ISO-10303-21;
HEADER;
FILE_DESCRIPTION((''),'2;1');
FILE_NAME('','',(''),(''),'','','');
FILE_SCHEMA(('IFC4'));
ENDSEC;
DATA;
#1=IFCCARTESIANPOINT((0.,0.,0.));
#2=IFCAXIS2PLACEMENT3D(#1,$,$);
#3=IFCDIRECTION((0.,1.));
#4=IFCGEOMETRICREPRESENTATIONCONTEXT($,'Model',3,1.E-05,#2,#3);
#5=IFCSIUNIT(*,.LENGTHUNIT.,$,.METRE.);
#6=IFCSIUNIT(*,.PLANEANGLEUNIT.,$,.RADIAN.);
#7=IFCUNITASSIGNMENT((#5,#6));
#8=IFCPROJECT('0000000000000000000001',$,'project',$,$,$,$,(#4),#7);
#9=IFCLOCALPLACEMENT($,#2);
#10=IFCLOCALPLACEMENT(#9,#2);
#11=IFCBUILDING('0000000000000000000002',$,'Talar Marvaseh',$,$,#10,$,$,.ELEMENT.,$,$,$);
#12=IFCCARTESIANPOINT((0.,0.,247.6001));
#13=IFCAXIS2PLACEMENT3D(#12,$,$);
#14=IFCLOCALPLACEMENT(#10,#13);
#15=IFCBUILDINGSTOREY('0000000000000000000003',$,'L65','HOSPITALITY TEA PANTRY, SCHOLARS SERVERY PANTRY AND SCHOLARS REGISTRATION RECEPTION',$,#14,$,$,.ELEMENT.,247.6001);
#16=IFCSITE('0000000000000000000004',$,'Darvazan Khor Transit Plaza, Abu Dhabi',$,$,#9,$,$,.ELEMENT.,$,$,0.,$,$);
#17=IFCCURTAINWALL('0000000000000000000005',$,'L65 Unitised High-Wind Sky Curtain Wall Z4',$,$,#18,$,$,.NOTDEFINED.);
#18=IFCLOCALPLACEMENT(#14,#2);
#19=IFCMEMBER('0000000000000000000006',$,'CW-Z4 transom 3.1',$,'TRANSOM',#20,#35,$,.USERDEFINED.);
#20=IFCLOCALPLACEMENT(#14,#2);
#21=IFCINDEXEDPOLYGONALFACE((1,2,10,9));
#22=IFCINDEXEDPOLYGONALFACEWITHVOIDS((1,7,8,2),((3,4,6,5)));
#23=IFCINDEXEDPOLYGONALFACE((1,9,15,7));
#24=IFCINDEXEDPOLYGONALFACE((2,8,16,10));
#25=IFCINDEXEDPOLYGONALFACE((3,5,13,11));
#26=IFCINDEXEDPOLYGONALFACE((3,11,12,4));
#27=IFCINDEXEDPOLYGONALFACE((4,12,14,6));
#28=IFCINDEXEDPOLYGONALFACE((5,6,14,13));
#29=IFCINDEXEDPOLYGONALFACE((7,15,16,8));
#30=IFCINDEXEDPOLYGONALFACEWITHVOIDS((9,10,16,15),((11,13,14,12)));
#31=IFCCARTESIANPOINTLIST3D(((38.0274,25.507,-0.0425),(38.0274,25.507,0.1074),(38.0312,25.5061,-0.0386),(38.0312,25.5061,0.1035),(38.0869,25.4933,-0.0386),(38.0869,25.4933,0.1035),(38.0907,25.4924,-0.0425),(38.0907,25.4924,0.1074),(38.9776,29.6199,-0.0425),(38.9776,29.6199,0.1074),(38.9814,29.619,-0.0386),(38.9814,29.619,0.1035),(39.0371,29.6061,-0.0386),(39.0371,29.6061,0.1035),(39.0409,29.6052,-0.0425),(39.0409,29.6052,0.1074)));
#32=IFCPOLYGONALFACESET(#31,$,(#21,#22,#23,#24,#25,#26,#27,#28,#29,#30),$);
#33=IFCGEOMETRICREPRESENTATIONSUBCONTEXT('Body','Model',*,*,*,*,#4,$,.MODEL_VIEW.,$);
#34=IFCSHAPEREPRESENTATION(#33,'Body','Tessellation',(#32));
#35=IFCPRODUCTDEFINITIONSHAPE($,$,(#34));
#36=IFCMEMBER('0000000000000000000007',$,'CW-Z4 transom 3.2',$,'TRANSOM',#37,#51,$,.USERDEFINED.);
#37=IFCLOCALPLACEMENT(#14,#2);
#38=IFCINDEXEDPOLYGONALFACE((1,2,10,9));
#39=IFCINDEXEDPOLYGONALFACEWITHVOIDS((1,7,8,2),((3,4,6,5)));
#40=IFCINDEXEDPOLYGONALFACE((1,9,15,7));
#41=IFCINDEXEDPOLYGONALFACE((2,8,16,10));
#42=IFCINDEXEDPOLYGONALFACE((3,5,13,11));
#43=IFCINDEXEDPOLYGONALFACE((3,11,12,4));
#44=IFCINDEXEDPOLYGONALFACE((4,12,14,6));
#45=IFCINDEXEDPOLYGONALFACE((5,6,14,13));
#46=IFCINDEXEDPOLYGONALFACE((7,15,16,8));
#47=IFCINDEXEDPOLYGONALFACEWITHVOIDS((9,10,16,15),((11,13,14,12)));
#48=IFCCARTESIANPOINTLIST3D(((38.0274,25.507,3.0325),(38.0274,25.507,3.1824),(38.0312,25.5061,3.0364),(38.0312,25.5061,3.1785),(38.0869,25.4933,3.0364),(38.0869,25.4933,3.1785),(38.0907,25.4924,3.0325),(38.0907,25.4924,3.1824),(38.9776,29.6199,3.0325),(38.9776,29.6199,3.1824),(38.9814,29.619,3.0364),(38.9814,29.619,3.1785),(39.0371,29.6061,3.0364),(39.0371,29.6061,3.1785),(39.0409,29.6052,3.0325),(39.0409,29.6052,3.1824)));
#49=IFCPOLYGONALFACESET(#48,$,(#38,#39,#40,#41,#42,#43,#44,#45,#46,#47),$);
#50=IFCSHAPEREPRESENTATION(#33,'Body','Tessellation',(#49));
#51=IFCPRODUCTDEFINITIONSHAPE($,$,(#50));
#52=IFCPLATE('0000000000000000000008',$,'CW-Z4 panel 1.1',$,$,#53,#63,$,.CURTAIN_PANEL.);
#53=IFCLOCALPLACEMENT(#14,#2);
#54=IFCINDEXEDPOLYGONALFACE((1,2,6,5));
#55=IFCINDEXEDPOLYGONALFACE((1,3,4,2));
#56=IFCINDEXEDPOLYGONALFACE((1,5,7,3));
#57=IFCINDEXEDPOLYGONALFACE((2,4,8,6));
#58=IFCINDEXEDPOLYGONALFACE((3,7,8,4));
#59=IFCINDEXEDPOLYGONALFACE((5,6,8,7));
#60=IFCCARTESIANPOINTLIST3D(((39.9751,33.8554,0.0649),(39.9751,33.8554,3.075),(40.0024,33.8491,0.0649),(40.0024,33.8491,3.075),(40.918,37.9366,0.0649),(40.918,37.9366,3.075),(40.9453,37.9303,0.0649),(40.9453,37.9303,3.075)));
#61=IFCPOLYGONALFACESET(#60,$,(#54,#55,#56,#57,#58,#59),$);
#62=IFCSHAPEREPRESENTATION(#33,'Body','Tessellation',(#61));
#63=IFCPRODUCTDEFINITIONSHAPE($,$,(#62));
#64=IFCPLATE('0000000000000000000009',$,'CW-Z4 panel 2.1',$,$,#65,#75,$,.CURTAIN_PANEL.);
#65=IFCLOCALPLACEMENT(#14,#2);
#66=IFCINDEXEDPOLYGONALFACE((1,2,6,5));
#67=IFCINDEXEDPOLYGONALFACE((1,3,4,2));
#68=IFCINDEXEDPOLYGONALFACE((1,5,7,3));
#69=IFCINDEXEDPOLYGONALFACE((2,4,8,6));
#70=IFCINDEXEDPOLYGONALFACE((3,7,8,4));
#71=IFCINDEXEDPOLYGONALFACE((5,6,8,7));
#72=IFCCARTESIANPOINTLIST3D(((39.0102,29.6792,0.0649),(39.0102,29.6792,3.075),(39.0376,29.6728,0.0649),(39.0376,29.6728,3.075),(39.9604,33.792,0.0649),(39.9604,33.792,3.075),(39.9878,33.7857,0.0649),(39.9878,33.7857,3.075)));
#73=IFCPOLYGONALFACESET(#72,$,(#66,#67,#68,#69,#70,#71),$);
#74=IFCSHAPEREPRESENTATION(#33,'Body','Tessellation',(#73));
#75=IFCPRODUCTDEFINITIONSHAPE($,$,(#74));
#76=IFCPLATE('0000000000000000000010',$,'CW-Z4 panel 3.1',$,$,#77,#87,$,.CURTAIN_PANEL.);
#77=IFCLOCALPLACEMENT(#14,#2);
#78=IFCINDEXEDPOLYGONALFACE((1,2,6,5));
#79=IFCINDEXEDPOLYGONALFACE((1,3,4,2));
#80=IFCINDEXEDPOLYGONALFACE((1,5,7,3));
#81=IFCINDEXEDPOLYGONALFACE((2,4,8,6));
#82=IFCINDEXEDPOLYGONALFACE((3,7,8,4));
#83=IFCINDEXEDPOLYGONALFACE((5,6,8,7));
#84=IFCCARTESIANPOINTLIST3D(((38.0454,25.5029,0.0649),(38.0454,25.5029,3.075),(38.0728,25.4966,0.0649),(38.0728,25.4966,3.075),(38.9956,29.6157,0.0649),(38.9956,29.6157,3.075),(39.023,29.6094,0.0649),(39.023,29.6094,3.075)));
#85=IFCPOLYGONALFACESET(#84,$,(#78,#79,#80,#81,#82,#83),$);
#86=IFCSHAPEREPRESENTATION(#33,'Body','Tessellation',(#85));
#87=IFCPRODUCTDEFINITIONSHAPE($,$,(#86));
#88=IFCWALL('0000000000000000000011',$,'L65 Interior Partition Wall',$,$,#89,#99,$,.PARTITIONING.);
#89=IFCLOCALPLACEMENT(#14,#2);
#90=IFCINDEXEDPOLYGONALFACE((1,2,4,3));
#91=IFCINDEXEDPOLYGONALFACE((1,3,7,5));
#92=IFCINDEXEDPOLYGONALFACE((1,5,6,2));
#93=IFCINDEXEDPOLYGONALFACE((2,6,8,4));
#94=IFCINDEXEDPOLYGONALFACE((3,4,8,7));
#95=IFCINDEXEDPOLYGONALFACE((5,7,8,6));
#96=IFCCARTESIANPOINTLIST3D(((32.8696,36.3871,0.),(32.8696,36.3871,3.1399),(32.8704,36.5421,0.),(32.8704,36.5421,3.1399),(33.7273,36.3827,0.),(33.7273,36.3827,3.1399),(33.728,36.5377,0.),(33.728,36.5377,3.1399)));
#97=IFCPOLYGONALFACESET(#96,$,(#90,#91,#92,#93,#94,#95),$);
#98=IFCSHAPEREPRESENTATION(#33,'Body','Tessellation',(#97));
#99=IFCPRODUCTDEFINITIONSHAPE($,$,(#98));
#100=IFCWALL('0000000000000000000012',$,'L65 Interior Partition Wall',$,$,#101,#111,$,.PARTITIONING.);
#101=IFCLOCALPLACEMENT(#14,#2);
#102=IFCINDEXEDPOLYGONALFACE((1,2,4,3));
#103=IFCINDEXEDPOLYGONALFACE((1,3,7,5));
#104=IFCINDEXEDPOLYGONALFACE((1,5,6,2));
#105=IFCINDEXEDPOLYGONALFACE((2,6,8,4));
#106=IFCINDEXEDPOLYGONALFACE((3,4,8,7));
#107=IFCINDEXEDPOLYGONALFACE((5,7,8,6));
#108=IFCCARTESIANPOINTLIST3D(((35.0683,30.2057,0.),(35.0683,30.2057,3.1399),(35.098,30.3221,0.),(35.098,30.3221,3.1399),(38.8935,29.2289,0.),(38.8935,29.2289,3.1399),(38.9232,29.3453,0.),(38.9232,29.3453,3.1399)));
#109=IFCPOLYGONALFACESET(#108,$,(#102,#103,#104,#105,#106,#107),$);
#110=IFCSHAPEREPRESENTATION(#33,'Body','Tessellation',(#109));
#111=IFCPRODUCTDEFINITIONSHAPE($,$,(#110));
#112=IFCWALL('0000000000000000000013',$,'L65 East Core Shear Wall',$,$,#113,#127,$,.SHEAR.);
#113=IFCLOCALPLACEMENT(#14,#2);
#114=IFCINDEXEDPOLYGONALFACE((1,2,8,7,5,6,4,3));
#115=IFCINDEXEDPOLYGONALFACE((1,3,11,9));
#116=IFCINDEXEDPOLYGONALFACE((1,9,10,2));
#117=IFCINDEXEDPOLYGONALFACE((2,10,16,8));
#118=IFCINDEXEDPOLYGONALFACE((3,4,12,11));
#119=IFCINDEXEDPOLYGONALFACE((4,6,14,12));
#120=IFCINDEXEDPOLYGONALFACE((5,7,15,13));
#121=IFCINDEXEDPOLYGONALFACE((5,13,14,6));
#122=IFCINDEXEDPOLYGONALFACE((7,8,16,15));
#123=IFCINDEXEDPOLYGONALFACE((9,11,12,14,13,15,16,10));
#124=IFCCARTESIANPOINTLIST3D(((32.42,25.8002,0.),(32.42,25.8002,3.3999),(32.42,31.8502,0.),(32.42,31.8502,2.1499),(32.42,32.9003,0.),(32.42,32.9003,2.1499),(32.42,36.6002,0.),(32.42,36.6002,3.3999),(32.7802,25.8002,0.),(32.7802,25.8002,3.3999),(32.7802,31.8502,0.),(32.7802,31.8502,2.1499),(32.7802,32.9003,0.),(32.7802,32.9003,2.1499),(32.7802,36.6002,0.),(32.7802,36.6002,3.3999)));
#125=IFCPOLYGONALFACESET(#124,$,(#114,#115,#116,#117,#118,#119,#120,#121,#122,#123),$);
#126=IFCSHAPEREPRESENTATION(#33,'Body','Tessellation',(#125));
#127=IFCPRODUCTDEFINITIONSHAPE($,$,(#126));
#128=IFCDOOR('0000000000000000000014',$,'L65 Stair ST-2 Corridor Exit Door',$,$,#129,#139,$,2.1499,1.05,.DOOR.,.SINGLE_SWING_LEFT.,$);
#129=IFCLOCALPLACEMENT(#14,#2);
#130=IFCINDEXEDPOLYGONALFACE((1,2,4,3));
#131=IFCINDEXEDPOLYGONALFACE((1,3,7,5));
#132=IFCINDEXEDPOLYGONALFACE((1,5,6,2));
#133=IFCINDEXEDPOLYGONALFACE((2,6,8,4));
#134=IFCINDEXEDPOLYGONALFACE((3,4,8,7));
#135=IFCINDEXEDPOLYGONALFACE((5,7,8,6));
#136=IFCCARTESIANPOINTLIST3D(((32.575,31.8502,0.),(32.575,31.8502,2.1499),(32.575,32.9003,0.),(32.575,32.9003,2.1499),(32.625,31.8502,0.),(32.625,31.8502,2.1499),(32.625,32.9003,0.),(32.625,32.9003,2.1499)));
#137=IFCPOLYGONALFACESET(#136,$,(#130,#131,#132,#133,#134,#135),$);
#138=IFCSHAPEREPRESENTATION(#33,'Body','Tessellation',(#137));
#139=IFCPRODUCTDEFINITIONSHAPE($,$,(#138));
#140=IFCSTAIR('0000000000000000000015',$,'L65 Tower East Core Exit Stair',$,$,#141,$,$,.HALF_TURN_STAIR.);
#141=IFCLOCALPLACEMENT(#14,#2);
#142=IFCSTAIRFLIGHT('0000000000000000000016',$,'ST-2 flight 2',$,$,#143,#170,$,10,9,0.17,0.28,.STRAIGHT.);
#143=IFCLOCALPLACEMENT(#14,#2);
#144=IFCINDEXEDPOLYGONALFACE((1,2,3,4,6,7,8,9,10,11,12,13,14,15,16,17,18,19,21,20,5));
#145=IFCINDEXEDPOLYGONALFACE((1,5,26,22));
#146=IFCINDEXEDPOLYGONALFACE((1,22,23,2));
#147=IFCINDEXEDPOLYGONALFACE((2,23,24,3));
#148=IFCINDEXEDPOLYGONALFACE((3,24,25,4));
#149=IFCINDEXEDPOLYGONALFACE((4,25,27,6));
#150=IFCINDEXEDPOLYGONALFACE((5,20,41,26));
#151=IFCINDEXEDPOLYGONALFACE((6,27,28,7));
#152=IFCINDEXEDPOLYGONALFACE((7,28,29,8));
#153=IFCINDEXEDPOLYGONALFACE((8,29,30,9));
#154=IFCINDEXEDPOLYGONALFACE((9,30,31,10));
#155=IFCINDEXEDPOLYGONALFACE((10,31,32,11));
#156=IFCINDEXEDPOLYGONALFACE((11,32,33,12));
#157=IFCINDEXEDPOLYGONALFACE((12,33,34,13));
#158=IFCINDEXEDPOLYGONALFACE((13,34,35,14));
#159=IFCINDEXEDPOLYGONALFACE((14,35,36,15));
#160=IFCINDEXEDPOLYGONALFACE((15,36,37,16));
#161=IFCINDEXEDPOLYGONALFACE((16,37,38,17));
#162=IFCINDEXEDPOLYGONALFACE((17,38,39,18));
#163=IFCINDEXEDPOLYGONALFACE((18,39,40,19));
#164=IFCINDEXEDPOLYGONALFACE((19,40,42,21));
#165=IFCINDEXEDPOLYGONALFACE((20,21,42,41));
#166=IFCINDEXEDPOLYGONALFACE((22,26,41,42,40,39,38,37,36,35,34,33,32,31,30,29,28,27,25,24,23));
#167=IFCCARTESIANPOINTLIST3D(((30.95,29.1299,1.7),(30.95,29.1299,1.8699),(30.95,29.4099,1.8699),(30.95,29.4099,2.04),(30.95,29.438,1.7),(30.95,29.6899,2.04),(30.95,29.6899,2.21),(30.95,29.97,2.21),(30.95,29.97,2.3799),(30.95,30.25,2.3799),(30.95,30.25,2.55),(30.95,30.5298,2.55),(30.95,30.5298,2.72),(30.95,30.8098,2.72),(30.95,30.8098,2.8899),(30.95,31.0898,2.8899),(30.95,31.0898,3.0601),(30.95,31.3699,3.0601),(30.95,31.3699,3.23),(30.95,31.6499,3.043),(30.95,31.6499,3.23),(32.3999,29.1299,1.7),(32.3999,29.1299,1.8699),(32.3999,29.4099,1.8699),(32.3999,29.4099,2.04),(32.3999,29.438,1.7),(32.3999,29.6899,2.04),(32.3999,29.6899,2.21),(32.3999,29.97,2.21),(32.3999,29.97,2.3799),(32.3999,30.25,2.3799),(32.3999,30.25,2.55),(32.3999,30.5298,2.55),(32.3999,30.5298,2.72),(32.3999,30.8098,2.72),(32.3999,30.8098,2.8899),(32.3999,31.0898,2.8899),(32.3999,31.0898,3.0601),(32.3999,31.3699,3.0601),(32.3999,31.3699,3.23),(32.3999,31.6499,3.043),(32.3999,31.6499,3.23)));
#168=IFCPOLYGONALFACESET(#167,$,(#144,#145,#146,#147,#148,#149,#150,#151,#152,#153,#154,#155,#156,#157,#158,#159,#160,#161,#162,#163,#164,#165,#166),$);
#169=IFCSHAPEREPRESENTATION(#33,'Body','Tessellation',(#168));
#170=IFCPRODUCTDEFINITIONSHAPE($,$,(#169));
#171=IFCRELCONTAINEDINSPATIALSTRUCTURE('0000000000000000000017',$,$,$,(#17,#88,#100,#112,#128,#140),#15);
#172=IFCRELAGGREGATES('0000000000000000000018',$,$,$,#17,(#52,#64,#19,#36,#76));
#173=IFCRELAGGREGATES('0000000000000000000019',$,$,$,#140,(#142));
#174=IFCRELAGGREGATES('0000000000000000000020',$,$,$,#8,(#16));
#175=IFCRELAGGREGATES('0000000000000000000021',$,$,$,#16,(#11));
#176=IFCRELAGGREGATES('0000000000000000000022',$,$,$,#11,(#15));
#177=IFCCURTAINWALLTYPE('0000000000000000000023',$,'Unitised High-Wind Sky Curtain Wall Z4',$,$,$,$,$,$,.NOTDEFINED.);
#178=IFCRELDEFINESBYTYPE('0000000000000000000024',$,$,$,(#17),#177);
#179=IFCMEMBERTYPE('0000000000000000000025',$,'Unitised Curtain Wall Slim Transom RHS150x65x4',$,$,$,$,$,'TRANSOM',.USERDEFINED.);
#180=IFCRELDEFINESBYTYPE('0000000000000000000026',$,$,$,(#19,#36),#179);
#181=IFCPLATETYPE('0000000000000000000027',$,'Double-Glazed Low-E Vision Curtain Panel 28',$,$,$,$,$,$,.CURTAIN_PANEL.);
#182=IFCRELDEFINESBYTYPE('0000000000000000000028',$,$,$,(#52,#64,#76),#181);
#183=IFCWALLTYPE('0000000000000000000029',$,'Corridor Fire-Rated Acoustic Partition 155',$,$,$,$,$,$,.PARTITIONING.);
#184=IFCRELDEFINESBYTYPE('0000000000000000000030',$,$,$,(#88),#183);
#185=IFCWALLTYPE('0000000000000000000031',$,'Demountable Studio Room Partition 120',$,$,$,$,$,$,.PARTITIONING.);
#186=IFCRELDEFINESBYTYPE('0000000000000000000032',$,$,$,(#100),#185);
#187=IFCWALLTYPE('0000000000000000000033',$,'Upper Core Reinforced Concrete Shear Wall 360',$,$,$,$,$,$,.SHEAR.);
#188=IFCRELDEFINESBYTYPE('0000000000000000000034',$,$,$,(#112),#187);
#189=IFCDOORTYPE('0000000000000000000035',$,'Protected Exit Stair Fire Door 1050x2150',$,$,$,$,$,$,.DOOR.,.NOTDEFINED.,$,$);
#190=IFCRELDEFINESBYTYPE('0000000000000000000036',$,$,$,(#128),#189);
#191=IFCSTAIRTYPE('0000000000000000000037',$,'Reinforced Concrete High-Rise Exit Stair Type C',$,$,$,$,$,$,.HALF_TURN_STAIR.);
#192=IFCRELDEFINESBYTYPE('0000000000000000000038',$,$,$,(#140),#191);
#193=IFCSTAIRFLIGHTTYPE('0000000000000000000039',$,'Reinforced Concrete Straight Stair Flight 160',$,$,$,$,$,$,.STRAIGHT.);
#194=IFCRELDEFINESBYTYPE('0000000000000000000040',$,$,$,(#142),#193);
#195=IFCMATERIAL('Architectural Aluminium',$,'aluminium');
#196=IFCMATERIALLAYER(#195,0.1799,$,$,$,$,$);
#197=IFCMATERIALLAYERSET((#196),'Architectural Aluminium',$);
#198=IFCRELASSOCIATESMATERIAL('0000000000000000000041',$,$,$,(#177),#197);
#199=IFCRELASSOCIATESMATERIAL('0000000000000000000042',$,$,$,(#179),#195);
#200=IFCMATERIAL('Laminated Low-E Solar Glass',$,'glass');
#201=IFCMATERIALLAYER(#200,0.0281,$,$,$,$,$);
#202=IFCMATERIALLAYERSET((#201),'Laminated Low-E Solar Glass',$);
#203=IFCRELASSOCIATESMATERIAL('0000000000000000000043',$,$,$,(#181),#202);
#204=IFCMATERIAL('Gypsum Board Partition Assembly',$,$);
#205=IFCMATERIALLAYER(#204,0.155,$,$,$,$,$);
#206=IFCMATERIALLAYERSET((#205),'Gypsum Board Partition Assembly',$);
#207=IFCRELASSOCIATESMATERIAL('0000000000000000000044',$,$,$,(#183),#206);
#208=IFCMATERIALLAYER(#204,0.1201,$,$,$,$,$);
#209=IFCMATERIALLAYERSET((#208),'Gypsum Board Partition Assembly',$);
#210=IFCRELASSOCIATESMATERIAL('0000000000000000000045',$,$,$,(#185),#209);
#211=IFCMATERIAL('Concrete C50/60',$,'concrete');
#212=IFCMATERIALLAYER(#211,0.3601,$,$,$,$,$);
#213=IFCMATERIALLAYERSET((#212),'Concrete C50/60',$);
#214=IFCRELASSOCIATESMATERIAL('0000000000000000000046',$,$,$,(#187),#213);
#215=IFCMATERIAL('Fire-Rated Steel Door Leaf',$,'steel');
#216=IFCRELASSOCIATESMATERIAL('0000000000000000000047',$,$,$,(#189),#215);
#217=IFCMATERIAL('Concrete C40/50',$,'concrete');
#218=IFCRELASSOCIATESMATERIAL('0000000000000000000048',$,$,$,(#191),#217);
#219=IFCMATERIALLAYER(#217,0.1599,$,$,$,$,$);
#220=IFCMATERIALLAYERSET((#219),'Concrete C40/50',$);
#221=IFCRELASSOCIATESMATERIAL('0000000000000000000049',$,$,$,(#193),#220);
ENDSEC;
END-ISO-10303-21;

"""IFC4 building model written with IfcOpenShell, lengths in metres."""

from ifc_helpers import new_model, si_unit, direction, frame, frame_2d, origin, origin_2d, place, context, subcontext, project, spatial, polyline, rectangle, hollow_rectangle, outline, extrude, source, transform, mapped, material, layer, layer_set, material_profile, profile_set, type_object, type_shapes, element, fill, aggregate, save


model = new_model("IFC4")

# Units and contexts
model_context = context("Model", 3, precision=1e-05, world=origin(), true_north=direction((0.0, 1.0)))
body_context = subcontext(model_context, "Body", "Model", "MODEL_VIEW")
ifc_project = project(units=[si_unit("LENGTHUNIT", "METRE"), si_unit("PLANEANGLEUNIT", "RADIAN")], contexts=[model_context])

# Site, building, storey
site_placement = place(None, origin())
site = spatial("IfcSite", under=ifc_project, at=site_placement, Name="Darvazan Khor Transit Plaza, Abu Dhabi", CompositionType="ELEMENT", RefElevation=0.0)
building_placement = place(site_placement, origin())
building = spatial("IfcBuilding", under=site, at=building_placement, Name="Talar Marvaseh", CompositionType="ELEMENT")
storey_placement = place(building_placement, frame((0.0, 0.0, 247.6001)))
storey = spatial("IfcBuildingStorey", under=building, at=storey_placement, Name="L65", Description="HOSPITALITY TEA PANTRY, SCHOLARS SERVERY PANTRY AND SCHOLARS REGISTRATION RECEPTION", CompositionType="ELEMENT", Elevation=247.6001)

# Shared definitions
ifc_material_1 = material(Name="Concrete C50/60", Category="concrete")

# Curtain wall, members, plates
ifc_material_2 = material(Name="Architectural Aluminium", Category="aluminium")
ifc_layer_1 = layer(ifc_material_2, 0.1799)
ifc_layer_set_1 = layer_set([ifc_layer_1], Name="Architectural Aluminium")
curtain_wall_type = type_object("IfcCurtainWallType", Name="Unitised High-Wind Sky Curtain Wall Z4", PredefinedType="NOTDEFINED", material=ifc_layer_set_1)
curtain_wall_placement = place(storey_placement, origin())
curtain_wall = element("IfcCurtainWall", 1, at=curtain_wall_placement, inside=storey, type_object=curtain_wall_type, Name="L65 Unitised High-Wind Sky Curtain Wall Z4", PredefinedType="NOTDEFINED")
ifc_material_profile_1 = material_profile(ifc_material_2, hollow_rectangle(XDim=0.0649, YDim=0.1499, WallThickness=0.0039, at=origin_2d()), Name="RHS150x65x4")
ifc_profile_set_1 = profile_set([ifc_material_profile_1], Name="Architectural Aluminium")
member_type_1 = type_object("IfcMemberType", Name="Unitised Curtain Wall Slim Transom RHS150x65x4", ElementType="TRANSOM", PredefinedType="USERDEFINED", material=ifc_profile_set_1)
shared_shape_1 = source(origin(), body_context, "Body", "SweptSolid", [
    extrude(hollow_rectangle(XDim=0.0649, YDim=0.1499, WallThickness=0.0039, at=origin_2d()), origin(), (0.0, 0.0, 1.0), 4.2212),
])
type_shapes(member_type_1, [shared_shape_1])
member_1_placement = place(storey_placement, frame((39.0093, 29.6125, 0.0325), z_axis=(-0.225104, -0.974335, 0.0), x_axis=(0.974335, -0.225104, 0.0)))
member_1 = element("IfcMember", 2, at=member_1_placement, type_object=member_type_1, Name="CW-Z4 transom 3.1", ObjectType="TRANSOM", PredefinedType="USERDEFINED", context=body_context, shape_type="MappedRepresentation", body=[
    mapped(shared_shape_1, transform((0.0, 0.0, 0.0), x_axis=(1.0, 0.0, 0.0), y_axis=(0.0, 1.0, 0.0), z_axis=(0.0, 0.0, 1.0), scale=1.0)),
])
member_2_placement = place(storey_placement, frame((39.0093, 29.6125, 3.1074), z_axis=(-0.225104, -0.974335, 0.0), x_axis=(0.974335, -0.225104, 0.0)))
member_2 = element("IfcMember", 3, at=member_2_placement, type_object=member_type_1, Name="CW-Z4 transom 3.2", ObjectType="TRANSOM", PredefinedType="USERDEFINED", context=body_context, shape_type="MappedRepresentation", body=[
    mapped(shared_shape_1, transform((0.0, 0.0, 0.0), x_axis=(1.0, 0.0, 0.0), y_axis=(0.0, 1.0, 0.0), z_axis=(0.0, 0.0, 1.0), scale=1.0)),
])
ifc_material_3 = material(Name="Laminated Low-E Solar Glass", Category="glass")
ifc_layer_2 = layer(ifc_material_3, 0.0281)
ifc_layer_set_2 = layer_set([ifc_layer_2], Name="Laminated Low-E Solar Glass")
plate_type = type_object("IfcPlateType", Name="Double-Glazed Low-E Vision Curtain Panel 28", PredefinedType="CURTAIN_PANEL", material=ifc_layer_set_2)
shared_shape_2 = source(origin(), body_context, "Body", "SweptSolid", [
    extrude(rectangle(XDim=4.1887, YDim=0.0281, at=origin_2d()), origin(), (0.0, 0.0, 1.0), 3.01),
])
plate_1_placement = place(storey_placement, frame((40.4602, 35.8928, 0.0649), z_axis=(0.0, 0.0, 1.0), x_axis=(-0.225103, -0.974335, 0.0)))
plate_1 = element("IfcPlate", 4, at=plate_1_placement, type_object=plate_type, Name="CW-Z4 panel 1.1", PredefinedType="CURTAIN_PANEL", context=body_context, shape_type="MappedRepresentation", body=[
    mapped(shared_shape_2, transform((0.0, 0.0, 0.0), x_axis=(1.0, 0.0, 0.0), y_axis=(0.0, 1.0, 0.0), z_axis=(0.0, 0.0, 1.0), scale=1.0)),
])
shared_shape_3 = source(origin(), body_context, "Body", "SweptSolid", [
    extrude(rectangle(XDim=4.2212, YDim=0.0281, at=origin_2d()), origin(), (0.0, 0.0, 1.0), 3.01),
])
type_shapes(plate_type, [shared_shape_2, shared_shape_3])
plate_2_placement = place(storey_placement, frame((39.499, 31.7324, 0.0649), z_axis=(0.0, 0.0, 1.0), x_axis=(-0.225103, -0.974335, 0.0)))
plate_2 = element("IfcPlate", 5, at=plate_2_placement, type_object=plate_type, Name="CW-Z4 panel 2.1", PredefinedType="CURTAIN_PANEL", context=body_context, shape_type="MappedRepresentation", body=[
    mapped(shared_shape_3, transform((0.0, 0.0, 0.0), x_axis=(1.0, 0.0, 0.0), y_axis=(0.0, 1.0, 0.0), z_axis=(0.0, 0.0, 1.0), scale=1.0)),
])
plate_3_placement = place(storey_placement, frame((38.5342, 27.5562, 0.0649), z_axis=(0.0, 0.0, 1.0), x_axis=(-0.225103, -0.974335, 0.0)))
plate_3 = element("IfcPlate", 6, at=plate_3_placement, type_object=plate_type, Name="CW-Z4 panel 3.1", PredefinedType="CURTAIN_PANEL", context=body_context, shape_type="MappedRepresentation", body=[
    mapped(shared_shape_3, transform((0.0, 0.0, 0.0), x_axis=(1.0, 0.0, 0.0), y_axis=(0.0, 1.0, 0.0), z_axis=(0.0, 0.0, 1.0), scale=1.0)),
])
aggregate(curtain_wall, [plate_1, plate_2, member_1, member_2, plate_3])

# Walls
ifc_material_4 = material(Name="Gypsum Board Partition Assembly")
ifc_layer_3 = layer(ifc_material_4, 0.155)
ifc_layer_set_3 = layer_set([ifc_layer_3], Name="Gypsum Board Partition Assembly")
wall_type_1 = type_object("IfcWallType", Name="Corridor Fire-Rated Acoustic Partition 155", PredefinedType="PARTITIONING", material=ifc_layer_set_3)
wall_1_placement = place(storey_placement, frame((32.8701, 36.4646, 0.0), z_axis=(0.0, 0.0, 1.0), x_axis=(0.999987, -0.005124, 0.0)))
element("IfcWall", 7, at=wall_1_placement, inside=storey, type_object=wall_type_1, Name="L65 Interior Partition Wall", PredefinedType="PARTITIONING", context=body_context, shape_type="SweptSolid", body=[
    extrude(rectangle(XDim=0.8577, YDim=0.155, at=frame_2d((0.4287, 0.0))), origin(), (0.0, 0.0, 1.0), 3.1399),
])
ifc_layer_4 = layer(ifc_material_4, 0.1201)
ifc_layer_set_4 = layer_set([ifc_layer_4], Name="Gypsum Board Partition Assembly")
wall_type_2 = type_object("IfcWallType", Name="Demountable Studio Room Partition 120", PredefinedType="PARTITIONING", material=ifc_layer_set_4)
wall_2_placement = place(storey_placement, frame((35.083, 30.2639, 0.0), z_axis=(0.0, 0.0, 1.0), x_axis=(0.968908, -0.247422, 0.0)))
element("IfcWall", 8, at=wall_2_placement, inside=storey, type_object=wall_type_2, Name="L65 Interior Partition Wall", PredefinedType="PARTITIONING", context=body_context, shape_type="SweptSolid", body=[
    extrude(rectangle(XDim=3.948, YDim=0.1201, at=frame_2d((1.9741, 0.0))), origin(), (0.0, 0.0, 1.0), 3.1399),
])

# Wall, opening, door
ifc_layer_5 = layer(ifc_material_1, 0.3601)
ifc_layer_set_5 = layer_set([ifc_layer_5], Name="Concrete C50/60")
wall_type_3 = type_object("IfcWallType", Name="Upper Core Reinforced Concrete Shear Wall 360", PredefinedType="SHEAR", material=ifc_layer_set_5)
wall_3_placement = place(storey_placement, frame((32.6001, 36.6001, 0.0), z_axis=(0.0, 0.0, 1.0), x_axis=(0.0, -1.0, 0.0)))
wall_3 = element("IfcWall", 9, at=wall_3_placement, inside=storey, type_object=wall_type_3, Name="L65 East Core Shear Wall", PredefinedType="SHEAR", context=body_context, shape_type="SweptSolid", body=[
    extrude(rectangle(XDim=10.8, YDim=0.3601, at=frame_2d((5.3999, 0.0))), origin(), (0.0, 0.0, 1.0), 3.3999),
])
opening_placement = place(wall_3_placement, frame((3.7, 0.0, 0.0)))
opening = element("IfcOpeningElement", 10, at=opening_placement, cuts=wall_3, PredefinedType="OPENING", context=body_context, shape_type="SweptSolid", body=[
    extrude(rectangle(XDim=1.05, YDim=2.1499, at=frame_2d((0.5249, 1.075))), frame((0.0, 0.1899, 0.0), z_axis=(0.0, -1.0, 0.0), x_axis=(1.0, 0.0, 0.0)), (0.0, 0.0, 1.0), 0.3801),
])
ifc_material_5 = material(Name="Fire-Rated Steel Door Leaf", Category="steel")
door_type = type_object("IfcDoorType", Name="Protected Exit Stair Fire Door 1050x2150", OperationType="NOTDEFINED", PredefinedType="DOOR", material=ifc_material_5)
shared_shape_4 = source(origin(), body_context, "Body", "SweptSolid", [
    extrude(rectangle(XDim=1.05, YDim=2.1499, at=frame_2d((0.5249, 1.075))), frame((0.0, 0.0249, 0.0), z_axis=(0.0, -1.0, 0.0), x_axis=(1.0, 0.0, 0.0)), (0.0, 0.0, 1.0), 0.05),
])
type_shapes(door_type, [shared_shape_4])
door_placement = place(opening_placement, origin())
door = element("IfcDoor", 11, at=door_placement, inside=storey, type_object=door_type, Name="L65 Stair ST-2 Corridor Exit Door", OperationType="SINGLE_SWING_LEFT", OverallHeight=2.1499, OverallWidth=1.05, PredefinedType="DOOR", context=body_context, shape_type="MappedRepresentation", body=[
    mapped(shared_shape_4, transform((0.0, 0.0, 0.0), x_axis=(1.0, 0.0, 0.0), y_axis=(0.0, 1.0, 0.0), z_axis=(0.0, 0.0, 1.0), scale=1.0)),
])
fill(opening, door)

# Stair, stair flight
ifc_material_6 = material(Name="Concrete C40/50", Category="concrete")
stair_type = type_object("IfcStairType", Name="Reinforced Concrete High-Rise Exit Stair Type C", PredefinedType="HALF_TURN_STAIR", material=ifc_material_6)
stair_placement = place(storey_placement, origin())
stair = element("IfcStair", 12, at=stair_placement, inside=storey, type_object=stair_type, Name="L65 Tower East Core Exit Stair", PredefinedType="HALF_TURN_STAIR")
ifc_layer_6 = layer(ifc_material_6, 0.1599)
ifc_layer_set_6 = layer_set([ifc_layer_6], Name="Concrete C40/50")
stair_flight_type = type_object("IfcStairFlightType", Name="Reinforced Concrete Straight Stair Flight 160", PredefinedType="STRAIGHT", material=ifc_layer_set_6)
stair_flight_placement = place(storey_placement, frame((31.675, 29.1299, 1.7), z_axis=(0.0, 0.0, 1.0), x_axis=(0.0, 1.0, 0.0)))
stair_flight = element("IfcStairFlight", 13, at=stair_flight_placement, type_object=stair_flight_type, Name="ST-2 flight 2", NumberOfRisers=10, NumberOfTreads=9, PredefinedType="STRAIGHT", RiserHeight=0.17, TreadLength=0.28, context=body_context, shape_type="SweptSolid", body=[
    extrude(outline(polyline([(0.0, 0.0), (0.0, 0.1699), (0.28, 0.1699), (0.28, 0.3401), (0.5601, 0.3401), (0.5601, 0.51), (0.8401, 0.51), (0.8401, 0.6799), (1.1201, 0.6799), (1.1201, 0.8501), (1.3999, 0.8501), (1.3999, 1.02), (1.6799, 1.02), (1.6799, 1.1899), (1.96, 1.1899), (1.96, 1.3601), (2.24, 1.3601), (2.24, 1.53), (2.52, 1.53), (2.52, 1.7), (2.52, 1.343), (0.3081, 0.0), (0.0, 0.0)])), frame((0.0, 0.7251, 0.0), z_axis=(0.0, -1.0, 0.0), x_axis=(1.0, 0.0, 0.0)), (0.0, 0.0, 1.0), 1.45),
])
aggregate(stair, [stair_flight])

save(model, "model.ifc")
